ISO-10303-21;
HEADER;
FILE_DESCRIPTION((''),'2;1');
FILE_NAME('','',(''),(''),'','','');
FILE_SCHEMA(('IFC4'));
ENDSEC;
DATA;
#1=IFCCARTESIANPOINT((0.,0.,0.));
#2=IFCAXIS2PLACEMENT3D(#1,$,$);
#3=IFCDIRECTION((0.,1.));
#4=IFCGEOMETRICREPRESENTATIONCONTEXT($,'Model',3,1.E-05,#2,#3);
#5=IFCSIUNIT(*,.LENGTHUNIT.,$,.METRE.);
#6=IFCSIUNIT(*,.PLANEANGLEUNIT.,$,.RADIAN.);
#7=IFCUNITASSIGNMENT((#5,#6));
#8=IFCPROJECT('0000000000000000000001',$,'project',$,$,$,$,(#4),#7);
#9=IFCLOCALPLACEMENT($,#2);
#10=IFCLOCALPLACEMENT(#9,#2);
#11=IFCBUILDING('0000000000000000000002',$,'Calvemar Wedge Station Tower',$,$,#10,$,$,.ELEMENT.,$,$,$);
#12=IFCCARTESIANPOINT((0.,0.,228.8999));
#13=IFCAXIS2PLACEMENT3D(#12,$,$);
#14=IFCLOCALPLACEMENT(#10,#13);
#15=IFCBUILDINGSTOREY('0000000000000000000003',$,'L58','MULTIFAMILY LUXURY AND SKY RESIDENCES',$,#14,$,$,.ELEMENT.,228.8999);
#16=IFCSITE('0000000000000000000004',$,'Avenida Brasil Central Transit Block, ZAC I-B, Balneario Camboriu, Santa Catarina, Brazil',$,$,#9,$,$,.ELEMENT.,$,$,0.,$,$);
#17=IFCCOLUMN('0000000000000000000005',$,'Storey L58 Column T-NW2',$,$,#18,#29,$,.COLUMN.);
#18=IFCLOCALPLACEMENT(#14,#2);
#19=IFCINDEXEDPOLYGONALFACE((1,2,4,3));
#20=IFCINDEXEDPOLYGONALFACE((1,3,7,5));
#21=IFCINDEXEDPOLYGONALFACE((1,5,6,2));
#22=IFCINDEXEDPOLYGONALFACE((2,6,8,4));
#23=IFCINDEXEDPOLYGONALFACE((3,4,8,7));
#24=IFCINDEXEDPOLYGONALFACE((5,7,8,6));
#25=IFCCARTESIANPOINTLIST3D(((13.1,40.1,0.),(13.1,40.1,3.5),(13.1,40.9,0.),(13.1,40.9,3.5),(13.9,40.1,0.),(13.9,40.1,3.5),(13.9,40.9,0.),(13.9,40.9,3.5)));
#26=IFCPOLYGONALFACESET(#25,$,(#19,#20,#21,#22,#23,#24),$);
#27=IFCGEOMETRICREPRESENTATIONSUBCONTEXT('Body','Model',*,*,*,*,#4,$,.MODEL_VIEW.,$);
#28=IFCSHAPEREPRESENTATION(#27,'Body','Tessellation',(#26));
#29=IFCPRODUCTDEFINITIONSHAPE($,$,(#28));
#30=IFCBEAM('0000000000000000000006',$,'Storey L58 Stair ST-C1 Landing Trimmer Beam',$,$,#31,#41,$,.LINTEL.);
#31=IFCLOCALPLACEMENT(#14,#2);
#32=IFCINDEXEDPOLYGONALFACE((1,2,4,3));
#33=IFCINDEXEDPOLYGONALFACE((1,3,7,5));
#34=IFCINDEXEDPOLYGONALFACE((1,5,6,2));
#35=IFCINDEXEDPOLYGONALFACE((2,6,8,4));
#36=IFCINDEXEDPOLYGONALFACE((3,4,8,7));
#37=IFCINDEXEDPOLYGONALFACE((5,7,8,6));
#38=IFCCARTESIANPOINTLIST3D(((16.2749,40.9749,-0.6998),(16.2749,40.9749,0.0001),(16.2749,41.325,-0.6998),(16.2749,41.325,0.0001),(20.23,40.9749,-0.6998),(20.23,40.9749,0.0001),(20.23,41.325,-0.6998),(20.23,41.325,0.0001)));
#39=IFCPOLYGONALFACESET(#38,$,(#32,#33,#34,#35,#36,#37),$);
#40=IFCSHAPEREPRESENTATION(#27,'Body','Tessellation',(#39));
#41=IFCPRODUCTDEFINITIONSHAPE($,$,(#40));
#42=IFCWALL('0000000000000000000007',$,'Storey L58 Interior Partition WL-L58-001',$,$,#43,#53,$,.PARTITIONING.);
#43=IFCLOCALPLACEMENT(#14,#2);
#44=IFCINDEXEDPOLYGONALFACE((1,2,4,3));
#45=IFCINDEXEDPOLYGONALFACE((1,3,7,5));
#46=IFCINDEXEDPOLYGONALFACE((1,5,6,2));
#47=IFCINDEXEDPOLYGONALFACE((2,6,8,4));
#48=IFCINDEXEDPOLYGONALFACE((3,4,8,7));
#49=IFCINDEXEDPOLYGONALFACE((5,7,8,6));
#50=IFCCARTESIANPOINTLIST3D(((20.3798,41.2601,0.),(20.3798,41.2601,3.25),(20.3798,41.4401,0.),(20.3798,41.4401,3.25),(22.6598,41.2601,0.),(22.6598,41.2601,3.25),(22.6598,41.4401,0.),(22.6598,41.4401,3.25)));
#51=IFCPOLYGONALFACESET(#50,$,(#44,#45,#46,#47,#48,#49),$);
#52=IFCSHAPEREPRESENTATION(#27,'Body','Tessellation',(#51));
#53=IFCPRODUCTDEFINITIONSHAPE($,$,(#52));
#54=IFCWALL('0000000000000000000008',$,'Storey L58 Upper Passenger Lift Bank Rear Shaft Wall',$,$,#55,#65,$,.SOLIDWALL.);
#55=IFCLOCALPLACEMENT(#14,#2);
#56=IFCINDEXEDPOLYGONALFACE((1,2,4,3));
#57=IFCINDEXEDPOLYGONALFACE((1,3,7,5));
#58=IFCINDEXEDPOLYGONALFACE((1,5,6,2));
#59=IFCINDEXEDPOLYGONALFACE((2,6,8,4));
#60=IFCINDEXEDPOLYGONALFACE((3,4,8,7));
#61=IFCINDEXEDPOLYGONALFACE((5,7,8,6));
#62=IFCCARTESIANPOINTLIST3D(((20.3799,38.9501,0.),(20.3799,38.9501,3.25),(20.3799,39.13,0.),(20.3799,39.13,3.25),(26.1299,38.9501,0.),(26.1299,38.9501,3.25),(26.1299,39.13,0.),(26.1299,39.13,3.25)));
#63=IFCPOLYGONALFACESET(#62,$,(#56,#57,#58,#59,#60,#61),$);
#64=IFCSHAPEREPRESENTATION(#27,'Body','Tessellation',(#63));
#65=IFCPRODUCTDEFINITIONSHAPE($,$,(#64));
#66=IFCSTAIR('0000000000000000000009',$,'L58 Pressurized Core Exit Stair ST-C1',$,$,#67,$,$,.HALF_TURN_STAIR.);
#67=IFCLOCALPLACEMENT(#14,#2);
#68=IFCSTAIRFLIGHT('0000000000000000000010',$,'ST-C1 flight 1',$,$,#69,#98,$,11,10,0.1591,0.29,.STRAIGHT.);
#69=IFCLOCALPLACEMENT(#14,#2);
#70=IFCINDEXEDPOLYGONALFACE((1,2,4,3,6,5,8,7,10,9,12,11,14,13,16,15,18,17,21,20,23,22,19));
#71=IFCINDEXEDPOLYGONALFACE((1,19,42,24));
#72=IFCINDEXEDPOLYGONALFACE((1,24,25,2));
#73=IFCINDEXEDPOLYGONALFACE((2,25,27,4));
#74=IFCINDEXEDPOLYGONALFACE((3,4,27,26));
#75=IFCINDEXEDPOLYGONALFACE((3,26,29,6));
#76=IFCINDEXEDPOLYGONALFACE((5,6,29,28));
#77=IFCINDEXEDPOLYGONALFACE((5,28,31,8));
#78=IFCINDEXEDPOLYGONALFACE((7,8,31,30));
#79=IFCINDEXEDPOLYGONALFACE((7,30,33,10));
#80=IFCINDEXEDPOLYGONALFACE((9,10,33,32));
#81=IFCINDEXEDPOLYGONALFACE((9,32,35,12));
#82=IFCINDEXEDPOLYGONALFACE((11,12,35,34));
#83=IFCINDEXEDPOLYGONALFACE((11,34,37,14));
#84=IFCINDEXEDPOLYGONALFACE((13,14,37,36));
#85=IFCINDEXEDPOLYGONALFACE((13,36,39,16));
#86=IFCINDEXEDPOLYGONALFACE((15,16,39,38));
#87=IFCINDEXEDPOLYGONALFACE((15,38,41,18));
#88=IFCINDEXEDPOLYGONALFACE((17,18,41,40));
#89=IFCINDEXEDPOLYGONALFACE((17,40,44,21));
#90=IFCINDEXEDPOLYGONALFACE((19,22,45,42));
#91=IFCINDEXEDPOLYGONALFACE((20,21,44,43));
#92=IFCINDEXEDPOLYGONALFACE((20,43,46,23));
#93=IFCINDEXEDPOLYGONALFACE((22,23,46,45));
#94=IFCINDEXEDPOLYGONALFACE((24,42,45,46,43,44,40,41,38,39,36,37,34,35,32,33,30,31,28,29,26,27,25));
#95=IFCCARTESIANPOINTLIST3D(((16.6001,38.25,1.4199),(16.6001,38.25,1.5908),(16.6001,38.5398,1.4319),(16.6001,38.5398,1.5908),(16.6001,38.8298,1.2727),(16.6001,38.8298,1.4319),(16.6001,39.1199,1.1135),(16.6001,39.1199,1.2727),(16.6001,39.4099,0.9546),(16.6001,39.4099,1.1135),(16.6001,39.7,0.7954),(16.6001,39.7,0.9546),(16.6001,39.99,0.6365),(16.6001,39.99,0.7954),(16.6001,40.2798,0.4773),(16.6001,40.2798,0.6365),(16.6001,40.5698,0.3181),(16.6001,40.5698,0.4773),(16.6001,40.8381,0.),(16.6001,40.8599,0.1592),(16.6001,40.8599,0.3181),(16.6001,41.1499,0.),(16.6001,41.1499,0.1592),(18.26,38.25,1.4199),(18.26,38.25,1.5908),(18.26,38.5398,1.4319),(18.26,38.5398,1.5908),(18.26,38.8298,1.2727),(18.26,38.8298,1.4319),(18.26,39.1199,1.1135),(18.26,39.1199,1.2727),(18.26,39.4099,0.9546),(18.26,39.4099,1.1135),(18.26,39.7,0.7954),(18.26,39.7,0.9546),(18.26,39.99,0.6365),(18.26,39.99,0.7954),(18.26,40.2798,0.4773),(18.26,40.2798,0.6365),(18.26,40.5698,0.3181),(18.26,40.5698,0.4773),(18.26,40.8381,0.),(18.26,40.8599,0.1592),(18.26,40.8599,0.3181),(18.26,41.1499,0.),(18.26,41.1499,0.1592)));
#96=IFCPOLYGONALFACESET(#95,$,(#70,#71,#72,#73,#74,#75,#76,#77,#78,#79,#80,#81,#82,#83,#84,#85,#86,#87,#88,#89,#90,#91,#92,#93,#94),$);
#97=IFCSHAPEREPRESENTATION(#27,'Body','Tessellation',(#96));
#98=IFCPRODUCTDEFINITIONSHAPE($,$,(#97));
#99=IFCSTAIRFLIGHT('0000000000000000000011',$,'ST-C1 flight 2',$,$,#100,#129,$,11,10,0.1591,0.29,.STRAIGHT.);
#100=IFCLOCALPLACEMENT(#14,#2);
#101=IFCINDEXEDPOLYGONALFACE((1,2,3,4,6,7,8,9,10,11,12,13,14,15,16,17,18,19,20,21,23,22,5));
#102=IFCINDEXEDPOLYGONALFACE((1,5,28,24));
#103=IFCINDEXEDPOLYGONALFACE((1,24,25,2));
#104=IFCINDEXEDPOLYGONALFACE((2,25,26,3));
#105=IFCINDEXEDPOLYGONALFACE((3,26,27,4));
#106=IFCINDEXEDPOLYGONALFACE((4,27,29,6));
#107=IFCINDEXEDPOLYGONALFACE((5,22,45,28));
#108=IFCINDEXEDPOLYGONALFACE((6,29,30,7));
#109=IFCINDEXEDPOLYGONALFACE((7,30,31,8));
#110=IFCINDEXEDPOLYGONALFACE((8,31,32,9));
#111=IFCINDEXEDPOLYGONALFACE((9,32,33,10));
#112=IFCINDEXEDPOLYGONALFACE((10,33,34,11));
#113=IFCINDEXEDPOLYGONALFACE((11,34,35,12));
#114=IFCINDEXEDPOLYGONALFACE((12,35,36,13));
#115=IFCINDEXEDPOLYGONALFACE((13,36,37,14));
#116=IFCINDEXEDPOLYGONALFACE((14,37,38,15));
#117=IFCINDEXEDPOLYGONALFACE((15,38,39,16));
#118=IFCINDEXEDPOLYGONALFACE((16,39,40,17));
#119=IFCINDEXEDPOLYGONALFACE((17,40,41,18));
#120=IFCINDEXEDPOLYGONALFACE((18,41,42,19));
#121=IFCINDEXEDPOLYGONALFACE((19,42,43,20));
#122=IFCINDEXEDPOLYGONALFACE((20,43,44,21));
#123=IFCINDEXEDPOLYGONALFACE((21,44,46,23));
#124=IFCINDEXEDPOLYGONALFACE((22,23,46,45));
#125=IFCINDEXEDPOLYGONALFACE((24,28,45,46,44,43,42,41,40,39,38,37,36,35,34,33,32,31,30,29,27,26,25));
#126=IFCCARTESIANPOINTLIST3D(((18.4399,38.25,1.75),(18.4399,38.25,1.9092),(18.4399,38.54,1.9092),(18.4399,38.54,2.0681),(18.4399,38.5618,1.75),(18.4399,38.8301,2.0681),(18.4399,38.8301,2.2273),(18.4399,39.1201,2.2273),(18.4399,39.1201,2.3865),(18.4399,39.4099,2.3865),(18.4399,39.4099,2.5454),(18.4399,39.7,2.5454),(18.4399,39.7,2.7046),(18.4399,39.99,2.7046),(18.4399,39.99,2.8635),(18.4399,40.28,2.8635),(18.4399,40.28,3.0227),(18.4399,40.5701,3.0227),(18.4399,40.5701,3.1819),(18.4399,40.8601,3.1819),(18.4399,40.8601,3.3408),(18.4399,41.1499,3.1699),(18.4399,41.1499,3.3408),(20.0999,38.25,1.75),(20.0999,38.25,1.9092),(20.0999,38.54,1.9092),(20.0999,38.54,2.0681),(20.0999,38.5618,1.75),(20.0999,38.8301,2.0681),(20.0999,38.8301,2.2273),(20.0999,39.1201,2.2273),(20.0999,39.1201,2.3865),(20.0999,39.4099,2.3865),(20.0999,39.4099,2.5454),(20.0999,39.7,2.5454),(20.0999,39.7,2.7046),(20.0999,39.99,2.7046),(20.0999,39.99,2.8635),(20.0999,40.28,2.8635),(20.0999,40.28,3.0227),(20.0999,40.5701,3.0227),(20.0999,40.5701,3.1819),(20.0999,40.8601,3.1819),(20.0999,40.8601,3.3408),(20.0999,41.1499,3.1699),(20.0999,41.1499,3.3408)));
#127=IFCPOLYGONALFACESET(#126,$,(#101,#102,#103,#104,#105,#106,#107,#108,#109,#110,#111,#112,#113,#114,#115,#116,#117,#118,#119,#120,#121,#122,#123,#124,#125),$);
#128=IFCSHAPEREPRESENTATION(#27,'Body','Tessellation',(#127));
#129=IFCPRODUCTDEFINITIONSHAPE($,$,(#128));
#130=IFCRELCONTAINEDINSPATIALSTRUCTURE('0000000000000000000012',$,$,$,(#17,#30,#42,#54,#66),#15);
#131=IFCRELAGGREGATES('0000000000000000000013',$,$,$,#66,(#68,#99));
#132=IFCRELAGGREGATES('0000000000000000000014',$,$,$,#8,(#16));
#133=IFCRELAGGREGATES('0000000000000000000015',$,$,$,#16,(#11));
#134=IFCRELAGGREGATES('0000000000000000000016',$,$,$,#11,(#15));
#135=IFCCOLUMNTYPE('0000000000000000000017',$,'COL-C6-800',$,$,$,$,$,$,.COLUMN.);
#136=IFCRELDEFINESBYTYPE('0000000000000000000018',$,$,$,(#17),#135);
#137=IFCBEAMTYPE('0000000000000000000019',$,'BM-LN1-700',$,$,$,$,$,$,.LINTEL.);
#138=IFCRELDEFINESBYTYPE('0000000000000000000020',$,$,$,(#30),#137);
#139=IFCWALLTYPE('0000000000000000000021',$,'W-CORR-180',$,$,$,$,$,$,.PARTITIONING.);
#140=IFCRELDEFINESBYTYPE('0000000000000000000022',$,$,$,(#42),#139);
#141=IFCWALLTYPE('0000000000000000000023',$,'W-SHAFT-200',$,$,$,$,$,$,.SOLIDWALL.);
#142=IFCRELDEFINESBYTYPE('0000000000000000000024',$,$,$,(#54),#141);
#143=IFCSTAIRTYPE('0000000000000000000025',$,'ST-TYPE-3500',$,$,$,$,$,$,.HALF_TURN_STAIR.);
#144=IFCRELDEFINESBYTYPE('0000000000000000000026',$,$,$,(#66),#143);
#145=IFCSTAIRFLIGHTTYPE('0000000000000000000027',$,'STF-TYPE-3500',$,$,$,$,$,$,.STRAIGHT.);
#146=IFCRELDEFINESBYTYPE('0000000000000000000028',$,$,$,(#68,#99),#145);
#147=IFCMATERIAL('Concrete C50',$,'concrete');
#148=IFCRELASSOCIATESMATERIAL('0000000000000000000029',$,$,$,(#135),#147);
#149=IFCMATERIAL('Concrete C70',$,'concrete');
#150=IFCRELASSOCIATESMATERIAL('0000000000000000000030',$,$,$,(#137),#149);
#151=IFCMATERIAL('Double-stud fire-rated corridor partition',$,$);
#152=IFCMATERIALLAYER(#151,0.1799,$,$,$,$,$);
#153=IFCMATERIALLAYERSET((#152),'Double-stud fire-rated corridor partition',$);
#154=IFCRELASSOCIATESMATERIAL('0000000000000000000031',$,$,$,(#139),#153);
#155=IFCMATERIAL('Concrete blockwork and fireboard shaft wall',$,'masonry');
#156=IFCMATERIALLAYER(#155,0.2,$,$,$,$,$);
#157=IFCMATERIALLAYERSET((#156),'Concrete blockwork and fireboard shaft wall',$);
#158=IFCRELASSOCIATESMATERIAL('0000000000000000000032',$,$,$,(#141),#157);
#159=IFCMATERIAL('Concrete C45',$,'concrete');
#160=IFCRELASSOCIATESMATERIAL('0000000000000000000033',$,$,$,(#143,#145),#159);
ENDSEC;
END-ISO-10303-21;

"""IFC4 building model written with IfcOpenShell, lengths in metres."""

from ifc_helpers import new_model, si_unit, direction, frame, frame_2d, origin, origin_2d, place, context, subcontext, project, spatial, polyline, rectangle, outline, extrude, source, transform, mapped, material, layer, layer_set, material_profile, profile_set, type_object, element, aggregate, save


model = new_model("IFC4")

# Units and contexts
model_context = context("Model", 3, precision=1e-05, world=origin(), true_north=direction((0.0, 1.0)))
body_context = subcontext(model_context, "Body", "Model", "MODEL_VIEW")
ifc_project = project(units=[si_unit("LENGTHUNIT", "METRE"), si_unit("PLANEANGLEUNIT", "RADIAN")], contexts=[model_context])

# Site, building, storey
site_placement = place(None, origin())
site = spatial("IfcSite", under=ifc_project, at=site_placement, Name="Avenida Brasil Central Transit Block, ZAC I-B, Balneario Camboriu, Santa Catarina, Brazil", CompositionType="ELEMENT", RefElevation=0.0)
building_placement = place(site_placement, origin())
building = spatial("IfcBuilding", under=site, at=building_placement, Name="Calvemar Wedge Station Tower", CompositionType="ELEMENT")
storey_placement = place(building_placement, frame((0.0, 0.0, 228.8999)))
storey = spatial("IfcBuildingStorey", under=building, at=storey_placement, Name="L58", Description="MULTIFAMILY LUXURY AND SKY RESIDENCES", CompositionType="ELEMENT", Elevation=228.8999)

# Column
ifc_material_1 = material(Name="Concrete C50", Category="concrete")
ifc_material_profile_1 = material_profile(ifc_material_1, rectangle(XDim=0.8, YDim=0.8, at=origin_2d()), Name="RC800x800")
ifc_profile_set_1 = profile_set([ifc_material_profile_1], Name="Concrete C50")
column_type = type_object("IfcColumnType", Name="COL-C6-800", PredefinedType="COLUMN", material=ifc_profile_set_1)
shared_shape_1 = source(origin(), body_context, "Body", "SweptSolid", [
    extrude(rectangle(XDim=0.8, YDim=0.8, at=origin_2d()), origin(), (0.0, 0.0, 1.0), 3.5),
])
column_placement = place(storey_placement, frame((13.5, 40.5, 0.0), z_axis=(0.0, 0.0, 1.0), x_axis=(1.0, 0.0, 0.0)))
element("IfcColumn", 1, at=column_placement, inside=storey, type_object=column_type, Name="Storey L58 Column T-NW2", PredefinedType="COLUMN", context=body_context, shape_type="MappedRepresentation", body=[
    mapped(shared_shape_1, transform((0.0, 0.0, 0.0), scale=1.0)),
])

# Beam
ifc_material_2 = material(Name="Concrete C70", Category="concrete")
ifc_material_profile_2 = material_profile(ifc_material_2, rectangle(XDim=0.3501, YDim=0.7, at=origin_2d()), Name="RC350x700")
ifc_profile_set_2 = profile_set([ifc_material_profile_2], Name="Concrete C70")
beam_type = type_object("IfcBeamType", Name="BM-LN1-700", PredefinedType="LINTEL", material=ifc_profile_set_2)
shared_shape_2 = source(origin(), body_context, "Body", "SweptSolid", [
    extrude(rectangle(XDim=0.3501, YDim=0.7, at=origin_2d()), origin(), (0.0, 0.0, 1.0), 3.9551),
])
beam_placement = place(storey_placement, frame((16.2749, 41.1499, -0.3499), z_axis=(1.0, 0.0, 0.0), x_axis=(0.0, 1.0, 0.0)))
element("IfcBeam", 2, at=beam_placement, inside=storey, type_object=beam_type, Name="Storey L58 Stair ST-C1 Landing Trimmer Beam", PredefinedType="LINTEL", context=body_context, shape_type="MappedRepresentation", body=[
    mapped(shared_shape_2, transform((0.0, 0.0, 0.0), scale=1.0)),
])

# Wall
ifc_material_3 = material(Name="Double-stud fire-rated corridor partition")
ifc_layer_1 = layer(ifc_material_3, 0.1799)
ifc_layer_set_1 = layer_set([ifc_layer_1], Name="Double-stud fire-rated corridor partition")
wall_type_1 = type_object("IfcWallType", Name="W-CORR-180", PredefinedType="PARTITIONING", material=ifc_layer_set_1)
wall_1_placement = place(storey_placement, frame((22.6599, 41.3501, 0.0), z_axis=(0.0, 0.0, 1.0), x_axis=(-1.0, 0.0, 0.0)))
element("IfcWall", 3, at=wall_1_placement, inside=storey, type_object=wall_type_1, Name="Storey L58 Interior Partition WL-L58-001", PredefinedType="PARTITIONING", context=body_context, shape_type="SweptSolid", body=[
    extrude(rectangle(XDim=2.28, YDim=0.1799, at=frame_2d((1.1401, 0.0))), origin(), (0.0, 0.0, 1.0), 3.25),
])

# Wall
ifc_material_4 = material(Name="Concrete blockwork and fireboard shaft wall", Category="masonry")
ifc_layer_2 = layer(ifc_material_4, 0.2)
ifc_layer_set_2 = layer_set([ifc_layer_2], Name="Concrete blockwork and fireboard shaft wall")
wall_type_2 = type_object("IfcWallType", Name="W-SHAFT-200", PredefinedType="SOLIDWALL", material=ifc_layer_set_2)
wall_2_placement = place(storey_placement, frame((20.3799, 39.04, 0.0), z_axis=(0.0, 0.0, 1.0), x_axis=(1.0, 0.0, 0.0)))
element("IfcWall", 4, at=wall_2_placement, inside=storey, type_object=wall_type_2, Name="Storey L58 Upper Passenger Lift Bank Rear Shaft Wall", PredefinedType="SOLIDWALL", context=body_context, shape_type="SweptSolid", body=[
    extrude(rectangle(XDim=5.75, YDim=0.1799, at=frame_2d((2.875, 0.0))), origin(), (0.0, 0.0, 1.0), 3.25),
])

# Stair, stair flights
ifc_material_5 = material(Name="Concrete C45", Category="concrete")
stair_type = type_object("IfcStairType", Name="ST-TYPE-3500", PredefinedType="HALF_TURN_STAIR", material=ifc_material_5)
stair_placement = place(storey_placement, origin())
stair = element("IfcStair", 5, at=stair_placement, inside=storey, type_object=stair_type, Name="L58 Pressurized Core Exit Stair ST-C1", PredefinedType="HALF_TURN_STAIR")
stair_flight_type = type_object("IfcStairFlightType", Name="STF-TYPE-3500", PredefinedType="STRAIGHT", material=ifc_material_5)
stair_flight_1_placement = place(storey_placement, frame((17.4299, 41.1499, 0.0), z_axis=(0.0, 0.0, 1.0), x_axis=(0.0, -1.0, 0.0)))
stair_flight_1 = element("IfcStairFlight", 6, at=stair_flight_1_placement, type_object=stair_flight_type, Name="ST-C1 flight 1", NumberOfRisers=11, NumberOfTreads=10, PredefinedType="STRAIGHT", RiserHeight=0.1591, TreadLength=0.29, context=body_context, shape_type="SweptSolid", body=[
    extrude(outline(polyline([(0.0, 0.0), (0.0, 0.1592), (0.29, 0.1592), (0.29, 0.3181), (0.5801, 0.3181), (0.5801, 0.4773), (0.8701, 0.4773), (0.8701, 0.6365), (1.1599, 0.6365), (1.1599, 0.7954), (1.45, 0.7954), (1.45, 0.9546), (1.74, 0.9546), (1.74, 1.1135), (2.03, 1.1135), (2.03, 1.2727), (2.3201, 1.2727), (2.3201, 1.4319), (2.6101, 1.4319), (2.6101, 1.5908), (2.8999, 1.5908), (2.8999, 1.75), (2.8999, 1.4199), (0.3118, 0.0), (0.0, 0.0)])), frame((0.0, 0.8301, 0.0), z_axis=(0.0, -1.0, 0.0), x_axis=(1.0, 0.0, 0.0)), (0.0, 0.0, 1.0), 1.6599),
])
stair_flight_2_placement = place(storey_placement, frame((19.27, 38.25, 1.75), z_axis=(0.0, 0.0, 1.0), x_axis=(0.0, 1.0, 0.0)))
stair_flight_2 = element("IfcStairFlight", 7, at=stair_flight_2_placement, type_object=stair_flight_type, Name="ST-C1 flight 2", NumberOfRisers=11, NumberOfTreads=10, PredefinedType="STRAIGHT", RiserHeight=0.1591, TreadLength=0.29, context=body_context, shape_type="SweptSolid", body=[
    extrude(outline(polyline([(0.0, 0.0), (0.0, 0.1592), (0.29, 0.1592), (0.29, 0.3181), (0.5801, 0.3181), (0.5801, 0.4773), (0.8701, 0.4773), (0.8701, 0.6365), (1.1599, 0.6365), (1.1599, 0.7954), (1.45, 0.7954), (1.45, 0.9546), (1.74, 0.9546), (1.74, 1.1135), (2.03, 1.1135), (2.03, 1.2727), (2.3201, 1.2727), (2.3201, 1.4319), (2.6101, 1.4319), (2.6101, 1.5908), (2.8999, 1.5908), (2.8999, 1.75), (2.8999, 1.4199), (0.3118, 0.0), (0.0, 0.0)])), frame((0.0, 0.8301, 0.0), z_axis=(0.0, -1.0, 0.0), x_axis=(1.0, 0.0, 0.0)), (0.0, 0.0, 1.0), 1.6599),
])
aggregate(stair, [stair_flight_1, stair_flight_2])

save(model, "model.ifc")
